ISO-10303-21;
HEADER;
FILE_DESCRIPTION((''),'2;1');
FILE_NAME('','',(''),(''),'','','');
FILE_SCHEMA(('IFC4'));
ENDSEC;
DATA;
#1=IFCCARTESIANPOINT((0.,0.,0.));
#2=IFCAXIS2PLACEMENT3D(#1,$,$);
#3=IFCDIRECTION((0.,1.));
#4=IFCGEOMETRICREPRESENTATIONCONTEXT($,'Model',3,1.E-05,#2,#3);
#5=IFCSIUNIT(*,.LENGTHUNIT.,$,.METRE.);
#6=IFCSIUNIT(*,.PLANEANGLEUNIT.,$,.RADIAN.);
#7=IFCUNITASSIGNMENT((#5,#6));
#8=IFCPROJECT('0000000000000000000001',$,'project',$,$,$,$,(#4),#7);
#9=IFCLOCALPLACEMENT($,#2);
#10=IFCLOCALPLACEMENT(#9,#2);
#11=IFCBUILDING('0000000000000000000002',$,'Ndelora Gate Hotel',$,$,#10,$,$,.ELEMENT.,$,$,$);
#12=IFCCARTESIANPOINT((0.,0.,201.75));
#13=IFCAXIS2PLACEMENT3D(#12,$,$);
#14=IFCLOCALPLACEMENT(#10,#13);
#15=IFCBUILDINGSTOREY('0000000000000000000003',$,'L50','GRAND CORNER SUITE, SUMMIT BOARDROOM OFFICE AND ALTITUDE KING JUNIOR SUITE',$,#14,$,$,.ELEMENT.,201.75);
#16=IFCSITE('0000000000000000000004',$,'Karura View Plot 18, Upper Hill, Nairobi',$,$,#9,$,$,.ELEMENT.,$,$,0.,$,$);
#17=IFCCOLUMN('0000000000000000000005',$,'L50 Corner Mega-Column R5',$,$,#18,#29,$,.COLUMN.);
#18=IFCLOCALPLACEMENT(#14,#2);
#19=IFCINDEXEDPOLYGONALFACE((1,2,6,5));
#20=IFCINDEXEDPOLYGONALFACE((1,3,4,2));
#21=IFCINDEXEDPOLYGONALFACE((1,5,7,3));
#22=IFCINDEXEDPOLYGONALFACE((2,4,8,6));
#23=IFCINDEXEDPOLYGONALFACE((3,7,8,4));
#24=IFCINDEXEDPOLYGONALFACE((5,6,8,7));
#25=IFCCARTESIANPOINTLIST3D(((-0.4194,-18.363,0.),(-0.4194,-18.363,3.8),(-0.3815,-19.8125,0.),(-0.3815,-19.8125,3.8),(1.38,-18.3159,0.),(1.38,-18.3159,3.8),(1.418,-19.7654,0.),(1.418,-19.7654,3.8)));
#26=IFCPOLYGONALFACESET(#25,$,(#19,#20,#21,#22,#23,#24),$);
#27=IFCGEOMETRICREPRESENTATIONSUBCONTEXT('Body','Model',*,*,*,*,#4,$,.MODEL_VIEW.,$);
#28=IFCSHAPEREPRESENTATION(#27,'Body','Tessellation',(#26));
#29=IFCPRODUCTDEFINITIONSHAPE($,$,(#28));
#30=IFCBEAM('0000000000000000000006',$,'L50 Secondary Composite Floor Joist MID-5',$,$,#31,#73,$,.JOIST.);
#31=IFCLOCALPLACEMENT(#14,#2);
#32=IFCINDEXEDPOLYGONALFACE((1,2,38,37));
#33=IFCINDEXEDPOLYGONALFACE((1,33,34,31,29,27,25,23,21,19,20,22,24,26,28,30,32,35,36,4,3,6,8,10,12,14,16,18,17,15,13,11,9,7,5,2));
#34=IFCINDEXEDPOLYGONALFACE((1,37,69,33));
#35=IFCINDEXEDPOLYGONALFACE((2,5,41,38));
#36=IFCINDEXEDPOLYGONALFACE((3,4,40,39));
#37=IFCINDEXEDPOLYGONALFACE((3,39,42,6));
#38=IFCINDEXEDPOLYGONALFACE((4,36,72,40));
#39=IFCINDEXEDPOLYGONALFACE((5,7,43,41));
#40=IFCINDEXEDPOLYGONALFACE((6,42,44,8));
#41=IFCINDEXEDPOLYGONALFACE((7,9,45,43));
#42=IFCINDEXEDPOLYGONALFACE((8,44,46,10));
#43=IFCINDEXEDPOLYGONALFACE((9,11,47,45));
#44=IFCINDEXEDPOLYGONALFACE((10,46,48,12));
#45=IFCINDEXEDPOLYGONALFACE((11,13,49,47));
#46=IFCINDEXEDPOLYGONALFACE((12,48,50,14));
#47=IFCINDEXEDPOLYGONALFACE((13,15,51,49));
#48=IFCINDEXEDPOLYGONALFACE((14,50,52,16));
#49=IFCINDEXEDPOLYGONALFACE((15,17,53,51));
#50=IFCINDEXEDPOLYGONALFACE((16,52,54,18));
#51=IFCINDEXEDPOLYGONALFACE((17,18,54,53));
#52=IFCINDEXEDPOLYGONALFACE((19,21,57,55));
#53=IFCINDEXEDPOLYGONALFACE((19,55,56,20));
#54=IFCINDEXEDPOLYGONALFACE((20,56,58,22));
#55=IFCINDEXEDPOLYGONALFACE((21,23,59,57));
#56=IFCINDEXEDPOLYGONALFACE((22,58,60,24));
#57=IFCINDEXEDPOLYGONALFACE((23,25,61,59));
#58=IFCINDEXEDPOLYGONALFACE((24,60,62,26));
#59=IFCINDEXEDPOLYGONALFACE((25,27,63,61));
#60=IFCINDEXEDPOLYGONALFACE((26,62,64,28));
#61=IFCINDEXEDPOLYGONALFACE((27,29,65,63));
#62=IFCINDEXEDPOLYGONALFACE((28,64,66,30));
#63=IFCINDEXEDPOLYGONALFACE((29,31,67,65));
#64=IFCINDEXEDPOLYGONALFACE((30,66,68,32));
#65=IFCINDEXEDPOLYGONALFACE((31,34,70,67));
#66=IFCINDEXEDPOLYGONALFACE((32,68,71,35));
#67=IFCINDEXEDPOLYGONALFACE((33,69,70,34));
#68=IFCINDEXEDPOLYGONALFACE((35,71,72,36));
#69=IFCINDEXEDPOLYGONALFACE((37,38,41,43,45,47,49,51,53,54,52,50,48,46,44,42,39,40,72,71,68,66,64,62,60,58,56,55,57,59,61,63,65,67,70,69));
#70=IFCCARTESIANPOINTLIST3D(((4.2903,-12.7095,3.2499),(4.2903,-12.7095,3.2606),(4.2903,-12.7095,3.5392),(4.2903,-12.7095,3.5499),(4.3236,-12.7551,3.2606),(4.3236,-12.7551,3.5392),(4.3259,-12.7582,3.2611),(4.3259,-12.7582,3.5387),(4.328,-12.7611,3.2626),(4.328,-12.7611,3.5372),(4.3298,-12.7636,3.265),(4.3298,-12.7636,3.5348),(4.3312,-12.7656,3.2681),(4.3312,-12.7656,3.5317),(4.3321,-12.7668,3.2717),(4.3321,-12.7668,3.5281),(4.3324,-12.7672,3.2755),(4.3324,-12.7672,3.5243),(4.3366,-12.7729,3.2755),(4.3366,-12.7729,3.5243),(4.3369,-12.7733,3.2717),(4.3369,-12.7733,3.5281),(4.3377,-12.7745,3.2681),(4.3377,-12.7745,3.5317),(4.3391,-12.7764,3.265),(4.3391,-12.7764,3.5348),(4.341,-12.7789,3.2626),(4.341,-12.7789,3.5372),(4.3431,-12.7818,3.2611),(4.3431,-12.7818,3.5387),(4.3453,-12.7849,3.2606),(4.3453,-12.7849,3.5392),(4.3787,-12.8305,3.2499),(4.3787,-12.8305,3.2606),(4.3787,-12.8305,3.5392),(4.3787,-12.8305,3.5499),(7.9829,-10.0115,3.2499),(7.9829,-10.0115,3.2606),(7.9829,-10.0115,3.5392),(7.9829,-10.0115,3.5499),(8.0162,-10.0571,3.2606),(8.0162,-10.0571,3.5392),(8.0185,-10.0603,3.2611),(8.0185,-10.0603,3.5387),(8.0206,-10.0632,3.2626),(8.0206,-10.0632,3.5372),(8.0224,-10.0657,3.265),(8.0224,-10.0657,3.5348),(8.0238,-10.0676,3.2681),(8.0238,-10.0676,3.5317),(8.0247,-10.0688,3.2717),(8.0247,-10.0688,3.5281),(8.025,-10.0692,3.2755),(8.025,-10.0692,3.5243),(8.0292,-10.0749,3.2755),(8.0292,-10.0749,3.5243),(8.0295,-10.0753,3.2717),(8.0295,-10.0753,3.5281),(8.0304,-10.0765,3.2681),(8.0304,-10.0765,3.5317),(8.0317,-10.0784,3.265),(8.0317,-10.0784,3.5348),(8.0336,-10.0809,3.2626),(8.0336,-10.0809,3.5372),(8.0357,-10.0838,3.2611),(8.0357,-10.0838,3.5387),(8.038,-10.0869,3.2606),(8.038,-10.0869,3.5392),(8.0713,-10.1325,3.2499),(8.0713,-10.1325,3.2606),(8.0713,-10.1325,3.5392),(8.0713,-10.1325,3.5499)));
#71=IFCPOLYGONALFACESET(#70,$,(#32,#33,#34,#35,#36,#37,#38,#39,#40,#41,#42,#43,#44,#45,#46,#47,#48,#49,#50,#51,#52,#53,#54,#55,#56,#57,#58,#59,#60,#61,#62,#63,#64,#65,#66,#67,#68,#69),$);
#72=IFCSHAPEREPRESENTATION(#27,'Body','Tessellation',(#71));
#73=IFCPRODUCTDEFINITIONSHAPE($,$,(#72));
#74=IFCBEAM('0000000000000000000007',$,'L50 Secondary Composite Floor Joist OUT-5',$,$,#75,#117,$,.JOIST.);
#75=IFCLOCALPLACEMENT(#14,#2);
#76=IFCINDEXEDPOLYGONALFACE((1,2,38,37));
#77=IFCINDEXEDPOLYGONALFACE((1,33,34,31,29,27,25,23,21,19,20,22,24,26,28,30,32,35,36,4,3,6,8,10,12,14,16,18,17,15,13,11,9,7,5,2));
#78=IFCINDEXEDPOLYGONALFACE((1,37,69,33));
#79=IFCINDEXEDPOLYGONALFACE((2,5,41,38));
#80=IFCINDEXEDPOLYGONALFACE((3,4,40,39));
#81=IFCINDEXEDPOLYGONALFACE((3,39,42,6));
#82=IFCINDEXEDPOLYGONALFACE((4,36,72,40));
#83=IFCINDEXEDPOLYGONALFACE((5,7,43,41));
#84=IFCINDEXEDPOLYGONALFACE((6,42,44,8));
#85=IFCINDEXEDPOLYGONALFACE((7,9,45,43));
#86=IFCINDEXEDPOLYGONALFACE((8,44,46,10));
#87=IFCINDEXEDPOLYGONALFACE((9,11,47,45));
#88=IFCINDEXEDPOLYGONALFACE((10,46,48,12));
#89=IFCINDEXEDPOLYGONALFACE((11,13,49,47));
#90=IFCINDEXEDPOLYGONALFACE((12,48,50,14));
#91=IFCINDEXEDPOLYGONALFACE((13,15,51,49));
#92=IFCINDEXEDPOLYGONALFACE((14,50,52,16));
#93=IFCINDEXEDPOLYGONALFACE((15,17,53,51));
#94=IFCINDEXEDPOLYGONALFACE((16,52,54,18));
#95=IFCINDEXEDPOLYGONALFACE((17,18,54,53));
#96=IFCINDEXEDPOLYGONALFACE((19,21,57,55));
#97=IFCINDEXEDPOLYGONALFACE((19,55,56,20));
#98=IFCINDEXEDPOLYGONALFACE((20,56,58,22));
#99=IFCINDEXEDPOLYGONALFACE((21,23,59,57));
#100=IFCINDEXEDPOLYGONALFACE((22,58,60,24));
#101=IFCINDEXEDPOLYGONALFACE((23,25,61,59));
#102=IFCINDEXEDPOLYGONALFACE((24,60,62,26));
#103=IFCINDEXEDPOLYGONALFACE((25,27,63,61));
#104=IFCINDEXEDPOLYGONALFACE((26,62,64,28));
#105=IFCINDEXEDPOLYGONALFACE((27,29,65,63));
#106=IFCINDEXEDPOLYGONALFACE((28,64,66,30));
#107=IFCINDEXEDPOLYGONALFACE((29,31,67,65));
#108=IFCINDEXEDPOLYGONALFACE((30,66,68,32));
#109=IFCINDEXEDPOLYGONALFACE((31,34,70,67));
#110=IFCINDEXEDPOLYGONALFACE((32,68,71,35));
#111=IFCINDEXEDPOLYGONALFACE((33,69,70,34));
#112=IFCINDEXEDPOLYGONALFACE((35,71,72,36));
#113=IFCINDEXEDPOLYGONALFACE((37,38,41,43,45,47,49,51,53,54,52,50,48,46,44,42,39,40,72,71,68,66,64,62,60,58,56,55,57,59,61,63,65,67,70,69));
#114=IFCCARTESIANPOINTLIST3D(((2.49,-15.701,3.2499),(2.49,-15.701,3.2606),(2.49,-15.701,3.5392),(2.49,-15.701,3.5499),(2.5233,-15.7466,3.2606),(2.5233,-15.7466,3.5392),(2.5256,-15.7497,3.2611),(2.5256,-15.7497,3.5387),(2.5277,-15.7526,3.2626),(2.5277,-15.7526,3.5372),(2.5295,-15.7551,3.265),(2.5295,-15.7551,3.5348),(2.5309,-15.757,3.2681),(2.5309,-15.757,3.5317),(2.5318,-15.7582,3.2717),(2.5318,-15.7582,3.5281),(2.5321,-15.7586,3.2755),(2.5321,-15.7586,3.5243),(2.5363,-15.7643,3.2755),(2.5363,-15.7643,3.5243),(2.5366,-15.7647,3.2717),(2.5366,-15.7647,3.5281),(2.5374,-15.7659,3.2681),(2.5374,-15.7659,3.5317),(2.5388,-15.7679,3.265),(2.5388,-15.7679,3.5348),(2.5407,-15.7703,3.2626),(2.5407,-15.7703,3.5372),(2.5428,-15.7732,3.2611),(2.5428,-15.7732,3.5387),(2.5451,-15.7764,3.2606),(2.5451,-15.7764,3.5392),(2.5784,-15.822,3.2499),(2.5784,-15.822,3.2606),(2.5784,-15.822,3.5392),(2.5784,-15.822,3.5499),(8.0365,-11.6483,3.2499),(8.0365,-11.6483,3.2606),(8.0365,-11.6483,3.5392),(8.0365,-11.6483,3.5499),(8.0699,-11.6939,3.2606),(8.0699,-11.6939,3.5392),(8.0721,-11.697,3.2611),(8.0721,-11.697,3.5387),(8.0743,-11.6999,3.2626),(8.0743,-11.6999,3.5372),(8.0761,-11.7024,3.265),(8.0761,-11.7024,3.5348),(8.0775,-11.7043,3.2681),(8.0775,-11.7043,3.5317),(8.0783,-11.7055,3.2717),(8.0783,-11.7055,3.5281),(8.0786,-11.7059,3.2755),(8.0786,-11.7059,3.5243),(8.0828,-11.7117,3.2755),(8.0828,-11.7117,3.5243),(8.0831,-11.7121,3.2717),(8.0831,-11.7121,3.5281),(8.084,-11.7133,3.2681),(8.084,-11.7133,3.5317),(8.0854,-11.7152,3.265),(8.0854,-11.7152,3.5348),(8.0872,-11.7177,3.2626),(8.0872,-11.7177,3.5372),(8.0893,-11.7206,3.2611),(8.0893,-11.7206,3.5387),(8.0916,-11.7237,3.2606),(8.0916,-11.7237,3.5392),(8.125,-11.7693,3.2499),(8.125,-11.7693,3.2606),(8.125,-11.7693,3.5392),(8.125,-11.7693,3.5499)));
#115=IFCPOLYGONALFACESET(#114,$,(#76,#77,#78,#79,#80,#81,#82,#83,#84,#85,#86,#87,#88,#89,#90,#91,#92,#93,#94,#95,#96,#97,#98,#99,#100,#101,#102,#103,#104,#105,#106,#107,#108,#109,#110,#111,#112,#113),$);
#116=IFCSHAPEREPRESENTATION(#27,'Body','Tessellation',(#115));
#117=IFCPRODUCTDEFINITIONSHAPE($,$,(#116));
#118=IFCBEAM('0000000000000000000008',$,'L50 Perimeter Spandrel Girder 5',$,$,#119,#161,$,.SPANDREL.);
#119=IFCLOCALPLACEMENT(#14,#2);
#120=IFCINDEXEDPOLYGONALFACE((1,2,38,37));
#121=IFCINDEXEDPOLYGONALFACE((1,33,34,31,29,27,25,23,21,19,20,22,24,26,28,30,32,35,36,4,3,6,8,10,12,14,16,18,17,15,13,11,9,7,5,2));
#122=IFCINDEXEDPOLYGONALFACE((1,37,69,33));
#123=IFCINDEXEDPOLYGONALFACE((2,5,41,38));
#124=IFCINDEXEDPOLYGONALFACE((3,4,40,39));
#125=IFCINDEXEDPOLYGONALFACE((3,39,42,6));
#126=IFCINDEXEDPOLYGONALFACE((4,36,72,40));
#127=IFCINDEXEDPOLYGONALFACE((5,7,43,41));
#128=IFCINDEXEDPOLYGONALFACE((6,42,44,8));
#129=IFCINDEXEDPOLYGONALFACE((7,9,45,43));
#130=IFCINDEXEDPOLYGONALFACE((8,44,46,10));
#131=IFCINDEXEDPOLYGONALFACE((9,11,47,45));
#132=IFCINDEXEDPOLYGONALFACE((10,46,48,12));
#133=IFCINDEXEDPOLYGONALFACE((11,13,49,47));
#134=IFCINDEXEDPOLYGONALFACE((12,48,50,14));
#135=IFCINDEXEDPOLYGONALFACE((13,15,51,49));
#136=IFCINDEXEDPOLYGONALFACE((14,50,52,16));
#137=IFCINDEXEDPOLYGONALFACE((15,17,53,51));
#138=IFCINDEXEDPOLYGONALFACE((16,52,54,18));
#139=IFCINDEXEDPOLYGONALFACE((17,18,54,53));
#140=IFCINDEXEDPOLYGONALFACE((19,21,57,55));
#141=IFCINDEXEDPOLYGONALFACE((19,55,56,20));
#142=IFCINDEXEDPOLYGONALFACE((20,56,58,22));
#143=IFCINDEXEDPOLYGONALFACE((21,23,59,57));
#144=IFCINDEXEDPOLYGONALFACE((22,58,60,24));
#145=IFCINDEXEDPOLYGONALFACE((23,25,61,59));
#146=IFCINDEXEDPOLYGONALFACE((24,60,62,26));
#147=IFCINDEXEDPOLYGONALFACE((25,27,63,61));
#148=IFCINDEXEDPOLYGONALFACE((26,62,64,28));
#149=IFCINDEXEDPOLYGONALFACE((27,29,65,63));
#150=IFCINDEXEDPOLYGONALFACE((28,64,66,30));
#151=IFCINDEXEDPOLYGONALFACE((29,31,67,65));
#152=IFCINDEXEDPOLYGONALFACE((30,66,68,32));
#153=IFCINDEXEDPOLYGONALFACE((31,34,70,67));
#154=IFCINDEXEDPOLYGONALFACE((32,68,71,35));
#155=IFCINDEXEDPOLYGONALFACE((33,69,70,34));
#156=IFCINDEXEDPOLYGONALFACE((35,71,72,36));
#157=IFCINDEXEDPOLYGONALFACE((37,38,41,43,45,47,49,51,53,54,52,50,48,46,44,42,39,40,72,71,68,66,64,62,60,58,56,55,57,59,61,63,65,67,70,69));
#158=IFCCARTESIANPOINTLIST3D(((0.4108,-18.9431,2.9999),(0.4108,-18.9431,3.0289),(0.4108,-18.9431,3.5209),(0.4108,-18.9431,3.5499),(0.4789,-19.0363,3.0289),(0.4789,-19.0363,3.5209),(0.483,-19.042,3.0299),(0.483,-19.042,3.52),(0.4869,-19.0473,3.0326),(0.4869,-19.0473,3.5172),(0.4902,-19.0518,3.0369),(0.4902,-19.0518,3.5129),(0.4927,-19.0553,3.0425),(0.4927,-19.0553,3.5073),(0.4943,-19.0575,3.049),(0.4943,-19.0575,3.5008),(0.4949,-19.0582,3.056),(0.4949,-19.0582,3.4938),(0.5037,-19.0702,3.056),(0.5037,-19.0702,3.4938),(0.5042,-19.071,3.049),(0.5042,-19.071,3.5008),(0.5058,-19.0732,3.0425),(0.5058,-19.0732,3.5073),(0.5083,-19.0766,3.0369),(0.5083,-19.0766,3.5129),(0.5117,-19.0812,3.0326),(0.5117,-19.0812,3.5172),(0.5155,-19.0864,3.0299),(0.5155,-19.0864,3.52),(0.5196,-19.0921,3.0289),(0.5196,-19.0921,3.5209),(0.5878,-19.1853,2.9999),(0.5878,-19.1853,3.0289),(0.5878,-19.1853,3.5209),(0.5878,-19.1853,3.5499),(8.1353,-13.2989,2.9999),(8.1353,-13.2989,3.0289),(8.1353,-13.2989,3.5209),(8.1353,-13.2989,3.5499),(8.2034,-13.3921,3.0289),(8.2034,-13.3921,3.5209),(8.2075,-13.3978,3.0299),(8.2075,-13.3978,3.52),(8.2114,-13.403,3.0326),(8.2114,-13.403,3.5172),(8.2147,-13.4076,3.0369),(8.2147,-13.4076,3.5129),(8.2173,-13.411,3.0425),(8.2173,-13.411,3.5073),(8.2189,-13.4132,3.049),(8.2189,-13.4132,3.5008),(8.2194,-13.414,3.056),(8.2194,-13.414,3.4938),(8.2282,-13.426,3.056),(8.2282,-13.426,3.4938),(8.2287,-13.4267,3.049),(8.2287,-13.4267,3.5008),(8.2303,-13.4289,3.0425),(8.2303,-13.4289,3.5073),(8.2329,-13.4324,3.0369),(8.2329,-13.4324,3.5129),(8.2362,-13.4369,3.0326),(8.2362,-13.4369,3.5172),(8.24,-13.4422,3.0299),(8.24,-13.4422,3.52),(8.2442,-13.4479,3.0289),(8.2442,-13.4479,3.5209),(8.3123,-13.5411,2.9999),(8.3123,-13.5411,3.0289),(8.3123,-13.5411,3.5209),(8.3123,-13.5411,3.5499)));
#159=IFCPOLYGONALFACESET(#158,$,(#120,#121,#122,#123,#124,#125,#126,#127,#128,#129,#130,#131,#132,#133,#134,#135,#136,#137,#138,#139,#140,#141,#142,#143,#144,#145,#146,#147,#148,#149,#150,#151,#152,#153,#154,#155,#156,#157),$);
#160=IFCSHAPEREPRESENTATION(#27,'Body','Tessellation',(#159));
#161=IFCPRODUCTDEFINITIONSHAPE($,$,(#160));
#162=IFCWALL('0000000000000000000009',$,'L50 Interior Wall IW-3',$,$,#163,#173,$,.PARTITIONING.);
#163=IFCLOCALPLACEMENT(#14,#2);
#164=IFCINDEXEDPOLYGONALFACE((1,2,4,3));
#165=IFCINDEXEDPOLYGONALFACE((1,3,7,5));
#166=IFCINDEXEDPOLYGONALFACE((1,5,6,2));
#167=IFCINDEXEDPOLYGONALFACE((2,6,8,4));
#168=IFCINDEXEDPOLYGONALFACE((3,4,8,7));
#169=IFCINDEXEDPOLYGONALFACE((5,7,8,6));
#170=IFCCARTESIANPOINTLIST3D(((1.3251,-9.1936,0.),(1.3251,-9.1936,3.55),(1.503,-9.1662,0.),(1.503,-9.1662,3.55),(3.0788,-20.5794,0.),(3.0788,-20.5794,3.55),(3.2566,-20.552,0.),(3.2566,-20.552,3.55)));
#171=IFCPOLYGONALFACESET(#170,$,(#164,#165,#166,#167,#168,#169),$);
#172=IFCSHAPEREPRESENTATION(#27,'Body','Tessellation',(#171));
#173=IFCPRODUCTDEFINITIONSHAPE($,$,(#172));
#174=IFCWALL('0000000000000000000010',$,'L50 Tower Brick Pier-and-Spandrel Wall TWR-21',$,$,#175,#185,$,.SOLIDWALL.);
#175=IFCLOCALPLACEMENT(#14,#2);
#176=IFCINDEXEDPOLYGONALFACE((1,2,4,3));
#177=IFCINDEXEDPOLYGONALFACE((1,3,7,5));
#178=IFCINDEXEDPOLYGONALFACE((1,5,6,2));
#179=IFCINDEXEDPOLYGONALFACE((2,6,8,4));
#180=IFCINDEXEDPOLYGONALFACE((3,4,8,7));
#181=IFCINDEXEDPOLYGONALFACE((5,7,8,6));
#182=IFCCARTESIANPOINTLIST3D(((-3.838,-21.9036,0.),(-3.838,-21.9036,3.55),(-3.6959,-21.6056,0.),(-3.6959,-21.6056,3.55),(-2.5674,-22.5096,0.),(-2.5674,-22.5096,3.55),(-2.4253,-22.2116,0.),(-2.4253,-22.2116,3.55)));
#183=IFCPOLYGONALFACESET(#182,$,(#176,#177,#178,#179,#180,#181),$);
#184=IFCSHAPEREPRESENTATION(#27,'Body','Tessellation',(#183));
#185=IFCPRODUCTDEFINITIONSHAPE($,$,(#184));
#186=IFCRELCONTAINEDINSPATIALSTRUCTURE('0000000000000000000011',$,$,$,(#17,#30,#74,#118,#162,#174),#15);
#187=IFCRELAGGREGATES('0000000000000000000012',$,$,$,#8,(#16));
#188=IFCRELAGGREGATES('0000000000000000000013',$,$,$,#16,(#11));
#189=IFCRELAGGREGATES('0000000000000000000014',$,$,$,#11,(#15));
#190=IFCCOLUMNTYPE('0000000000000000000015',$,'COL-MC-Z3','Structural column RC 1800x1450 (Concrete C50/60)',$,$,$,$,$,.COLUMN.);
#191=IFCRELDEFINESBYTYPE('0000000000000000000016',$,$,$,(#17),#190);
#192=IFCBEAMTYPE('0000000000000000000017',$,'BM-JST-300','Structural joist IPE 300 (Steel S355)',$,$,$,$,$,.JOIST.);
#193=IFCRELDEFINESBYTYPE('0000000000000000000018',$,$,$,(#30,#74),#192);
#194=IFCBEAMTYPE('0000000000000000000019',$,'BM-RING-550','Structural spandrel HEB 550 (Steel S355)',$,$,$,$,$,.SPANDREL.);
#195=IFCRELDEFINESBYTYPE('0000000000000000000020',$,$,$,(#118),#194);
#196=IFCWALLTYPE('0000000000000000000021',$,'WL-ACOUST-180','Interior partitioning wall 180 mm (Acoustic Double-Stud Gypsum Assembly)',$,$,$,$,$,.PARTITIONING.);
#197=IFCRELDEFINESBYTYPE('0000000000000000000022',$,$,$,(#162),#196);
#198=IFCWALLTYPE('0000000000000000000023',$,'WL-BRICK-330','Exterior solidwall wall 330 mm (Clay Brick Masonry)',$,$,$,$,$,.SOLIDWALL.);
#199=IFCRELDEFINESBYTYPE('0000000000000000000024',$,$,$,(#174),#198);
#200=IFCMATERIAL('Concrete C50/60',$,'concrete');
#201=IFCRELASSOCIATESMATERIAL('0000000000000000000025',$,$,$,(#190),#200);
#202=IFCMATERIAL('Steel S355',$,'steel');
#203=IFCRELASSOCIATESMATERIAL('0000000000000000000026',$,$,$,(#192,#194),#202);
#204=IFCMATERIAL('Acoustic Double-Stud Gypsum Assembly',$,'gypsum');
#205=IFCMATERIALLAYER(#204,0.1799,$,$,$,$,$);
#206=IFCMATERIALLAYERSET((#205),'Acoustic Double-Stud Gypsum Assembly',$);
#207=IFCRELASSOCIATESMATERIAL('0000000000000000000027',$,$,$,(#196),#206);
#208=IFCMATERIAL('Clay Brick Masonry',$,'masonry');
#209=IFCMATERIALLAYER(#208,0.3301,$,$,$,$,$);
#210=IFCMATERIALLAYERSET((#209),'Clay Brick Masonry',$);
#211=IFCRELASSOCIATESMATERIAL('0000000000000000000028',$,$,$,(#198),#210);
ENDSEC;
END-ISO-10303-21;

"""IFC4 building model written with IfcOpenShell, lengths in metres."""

from ifc_helpers import new_model, si_unit, direction, frame, frame_2d, origin, origin_2d, place, context, subcontext, project, spatial, rectangle, i_section, extrude, material, layer, layer_set, material_profile, profile_set, type_object, element, save


model = new_model("IFC4")

# Units and contexts
model_context = context("Model", 3, precision=1e-05, world=origin(), true_north=direction((0.0, 1.0)))
body_context = subcontext(model_context, "Body", "Model", "MODEL_VIEW")
ifc_project = project(units=[si_unit("LENGTHUNIT", "METRE"), si_unit("PLANEANGLEUNIT", "RADIAN")], contexts=[model_context])

# Site, building, storey
site_placement = place(None, origin())
site = spatial("IfcSite", under=ifc_project, at=site_placement, Name="Karura View Plot 18, Upper Hill, Nairobi", CompositionType="ELEMENT", RefElevation=0.0)
building_placement = place(site_placement, origin())
building = spatial("IfcBuilding", under=site, at=building_placement, Name="Ndelora Gate Hotel", CompositionType="ELEMENT")
storey_placement = place(building_placement, frame((0.0, 0.0, 201.75)))
storey = spatial("IfcBuildingStorey", under=building, at=storey_placement, Name="L50", Description="GRAND CORNER SUITE, SUMMIT BOARDROOM OFFICE AND ALTITUDE KING JUNIOR SUITE", CompositionType="ELEMENT", Elevation=201.75)

# Column
ifc_material_1 = material(Name="Concrete C50/60", Category="concrete")
ifc_material_profile_1 = material_profile(ifc_material_1, rectangle(XDim=1.45, YDim=1.8, at=origin_2d()), Name="RC 1800x1450")
ifc_profile_set_1 = profile_set([ifc_material_profile_1], Name="Concrete C50/60")
column_type = type_object("IfcColumnType", Name="COL-MC-Z3", Description="Structural column RC 1800x1450 (Concrete C50/60)", PredefinedType="COLUMN", material=ifc_profile_set_1)
column_placement = place(storey_placement, frame((0.4993, -19.0642, 0.0), z_axis=(0.0, 0.0, 1.0), x_axis=(-0.026177, 0.999657, 0.0)))
element("IfcColumn", 1, at=column_placement, inside=storey, type_object=column_type, Name="L50 Corner Mega-Column R5", PredefinedType="COLUMN", context=body_context, shape_type="SweptSolid", body=[
    extrude(rectangle(XDim=1.45, YDim=1.8, at=origin_2d()), origin(), (0.0, 0.0, 1.0), 3.8),
])

# Beams
ifc_material_2 = material(Name="Steel S355", Category="steel")
ifc_material_profile_2 = material_profile(ifc_material_2, i_section(OverallWidth=0.1499, OverallDepth=0.3, WebThickness=0.0071, FlangeThickness=0.0107, FilletRadius=0.0149, at=origin_2d()), Name="IPE 300")
ifc_profile_set_2 = profile_set([ifc_material_profile_2], Name="Steel S355")
beam_type_1 = type_object("IfcBeamType", Name="BM-JST-300", Description="Structural joist IPE 300 (Steel S355)", PredefinedType="JOIST", material=ifc_profile_set_2)
beam_1_placement = place(storey_placement, frame((4.3345, -12.77, 3.3999), z_axis=(0.807439, 0.589951, 0.0), x_axis=(-0.589951, 0.807439, 0.0)))
element("IfcBeam", 2, at=beam_1_placement, inside=storey, type_object=beam_type_1, Name="L50 Secondary Composite Floor Joist MID-5", PredefinedType="JOIST", context=body_context, shape_type="SweptSolid", body=[
    extrude(i_section(OverallWidth=0.1499, OverallDepth=0.3, WebThickness=0.0071, FlangeThickness=0.0107, FilletRadius=0.0149, at=origin_2d()), origin(), (0.0, 0.0, 1.0), 4.5732),
])
beam_2_placement = place(storey_placement, frame((2.5342, -15.7615, 3.3999), z_axis=(0.807431, 0.589962, 0.0), x_axis=(-0.589962, 0.807431, 0.0)))
element("IfcBeam", 3, at=beam_2_placement, inside=storey, type_object=beam_type_1, Name="L50 Secondary Composite Floor Joist OUT-5", PredefinedType="JOIST", context=body_context, shape_type="SweptSolid", body=[
    extrude(i_section(OverallWidth=0.1499, OverallDepth=0.3, WebThickness=0.0071, FlangeThickness=0.0107, FilletRadius=0.0149, at=origin_2d()), origin(), (0.0, 0.0, 1.0), 6.8694),
])
ifc_material_profile_3 = material_profile(ifc_material_2, i_section(OverallWidth=0.3, OverallDepth=0.55, WebThickness=0.0149, FlangeThickness=0.0291, FilletRadius=0.0271, at=origin_2d()), Name="HEB 550")
ifc_profile_set_3 = profile_set([ifc_material_profile_3], Name="Steel S355")
beam_type_2 = type_object("IfcBeamType", Name="BM-RING-550", Description="Structural spandrel HEB 550 (Steel S355)", PredefinedType="SPANDREL", material=ifc_profile_set_3)
beam_3_placement = place(storey_placement, frame((0.4993, -19.0642, 3.2749), z_axis=(0.807422, 0.589974, 0.0), x_axis=(-0.589974, 0.807422, 0.0)))
element("IfcBeam", 4, at=beam_3_placement, inside=storey, type_object=beam_type_2, Name="L50 Perimeter Spandrel Girder 5", PredefinedType="SPANDREL", context=body_context, shape_type="SweptSolid", body=[
    extrude(i_section(OverallWidth=0.3, OverallDepth=0.55, WebThickness=0.0149, FlangeThickness=0.0291, FilletRadius=0.0271, at=origin_2d()), origin(), (0.0, 0.0, 1.0), 9.5669),
])

# Walls
ifc_material_3 = material(Name="Acoustic Double-Stud Gypsum Assembly", Category="gypsum")
ifc_layer_1 = layer(ifc_material_3, 0.1799)
ifc_layer_set_1 = layer_set([ifc_layer_1], Name="Acoustic Double-Stud Gypsum Assembly")
wall_type_1 = type_object("IfcWallType", Name="WL-ACOUST-180", Description="Interior partitioning wall 180 mm (Acoustic Double-Stud Gypsum Assembly)", PredefinedType="PARTITIONING", material=ifc_layer_set_1)
wall_1_placement = place(storey_placement, frame((1.4141, -9.1799, 0.0), z_axis=(0.0, 0.0, 1.0), x_axis=(0.152228, -0.988345, 0.0)))
element("IfcWall", 5, at=wall_1_placement, inside=storey, type_object=wall_type_1, Name="L50 Interior Wall IW-3", PredefinedType="PARTITIONING", context=body_context, shape_type="SweptSolid", body=[
    extrude(rectangle(XDim=11.52, YDim=0.1799, at=frame_2d((5.76, 0.0))), origin(), (0.0, 0.0, 1.0), 3.55),
])
ifc_material_4 = material(Name="Clay Brick Masonry", Category="masonry")
ifc_layer_2 = layer(ifc_material_4, 0.3301)
ifc_layer_set_2 = layer_set([ifc_layer_2], Name="Clay Brick Masonry")
wall_type_2 = type_object("IfcWallType", Name="WL-BRICK-330", Description="Exterior solidwall wall 330 mm (Clay Brick Masonry)", PredefinedType="SOLIDWALL", material=ifc_layer_set_2)
for number, where, z_axis, x_axis, name in (
    (6, (-2.4963, -22.3606, 0.0), (0.0, 0.0, 1.0), (-0.902597, 0.430486, 0.0), "L50 Tower Brick Pier-and-Spandrel Wall TWR-21"),
):
    element("IfcWall", number, at=place(storey_placement, frame(where, z_axis=z_axis, x_axis=x_axis)), inside=storey, type_object=wall_type_2, Name=name, PredefinedType="SOLIDWALL", context=body_context, shape_type="SweptSolid", body=[
        extrude(rectangle(XDim=1.4077, YDim=0.3301, at=frame_2d((0.7039, 0.0))), origin(), (0.0, 0.0, 1.0), 3.55),
    ])

save(model, "model.ifc")
